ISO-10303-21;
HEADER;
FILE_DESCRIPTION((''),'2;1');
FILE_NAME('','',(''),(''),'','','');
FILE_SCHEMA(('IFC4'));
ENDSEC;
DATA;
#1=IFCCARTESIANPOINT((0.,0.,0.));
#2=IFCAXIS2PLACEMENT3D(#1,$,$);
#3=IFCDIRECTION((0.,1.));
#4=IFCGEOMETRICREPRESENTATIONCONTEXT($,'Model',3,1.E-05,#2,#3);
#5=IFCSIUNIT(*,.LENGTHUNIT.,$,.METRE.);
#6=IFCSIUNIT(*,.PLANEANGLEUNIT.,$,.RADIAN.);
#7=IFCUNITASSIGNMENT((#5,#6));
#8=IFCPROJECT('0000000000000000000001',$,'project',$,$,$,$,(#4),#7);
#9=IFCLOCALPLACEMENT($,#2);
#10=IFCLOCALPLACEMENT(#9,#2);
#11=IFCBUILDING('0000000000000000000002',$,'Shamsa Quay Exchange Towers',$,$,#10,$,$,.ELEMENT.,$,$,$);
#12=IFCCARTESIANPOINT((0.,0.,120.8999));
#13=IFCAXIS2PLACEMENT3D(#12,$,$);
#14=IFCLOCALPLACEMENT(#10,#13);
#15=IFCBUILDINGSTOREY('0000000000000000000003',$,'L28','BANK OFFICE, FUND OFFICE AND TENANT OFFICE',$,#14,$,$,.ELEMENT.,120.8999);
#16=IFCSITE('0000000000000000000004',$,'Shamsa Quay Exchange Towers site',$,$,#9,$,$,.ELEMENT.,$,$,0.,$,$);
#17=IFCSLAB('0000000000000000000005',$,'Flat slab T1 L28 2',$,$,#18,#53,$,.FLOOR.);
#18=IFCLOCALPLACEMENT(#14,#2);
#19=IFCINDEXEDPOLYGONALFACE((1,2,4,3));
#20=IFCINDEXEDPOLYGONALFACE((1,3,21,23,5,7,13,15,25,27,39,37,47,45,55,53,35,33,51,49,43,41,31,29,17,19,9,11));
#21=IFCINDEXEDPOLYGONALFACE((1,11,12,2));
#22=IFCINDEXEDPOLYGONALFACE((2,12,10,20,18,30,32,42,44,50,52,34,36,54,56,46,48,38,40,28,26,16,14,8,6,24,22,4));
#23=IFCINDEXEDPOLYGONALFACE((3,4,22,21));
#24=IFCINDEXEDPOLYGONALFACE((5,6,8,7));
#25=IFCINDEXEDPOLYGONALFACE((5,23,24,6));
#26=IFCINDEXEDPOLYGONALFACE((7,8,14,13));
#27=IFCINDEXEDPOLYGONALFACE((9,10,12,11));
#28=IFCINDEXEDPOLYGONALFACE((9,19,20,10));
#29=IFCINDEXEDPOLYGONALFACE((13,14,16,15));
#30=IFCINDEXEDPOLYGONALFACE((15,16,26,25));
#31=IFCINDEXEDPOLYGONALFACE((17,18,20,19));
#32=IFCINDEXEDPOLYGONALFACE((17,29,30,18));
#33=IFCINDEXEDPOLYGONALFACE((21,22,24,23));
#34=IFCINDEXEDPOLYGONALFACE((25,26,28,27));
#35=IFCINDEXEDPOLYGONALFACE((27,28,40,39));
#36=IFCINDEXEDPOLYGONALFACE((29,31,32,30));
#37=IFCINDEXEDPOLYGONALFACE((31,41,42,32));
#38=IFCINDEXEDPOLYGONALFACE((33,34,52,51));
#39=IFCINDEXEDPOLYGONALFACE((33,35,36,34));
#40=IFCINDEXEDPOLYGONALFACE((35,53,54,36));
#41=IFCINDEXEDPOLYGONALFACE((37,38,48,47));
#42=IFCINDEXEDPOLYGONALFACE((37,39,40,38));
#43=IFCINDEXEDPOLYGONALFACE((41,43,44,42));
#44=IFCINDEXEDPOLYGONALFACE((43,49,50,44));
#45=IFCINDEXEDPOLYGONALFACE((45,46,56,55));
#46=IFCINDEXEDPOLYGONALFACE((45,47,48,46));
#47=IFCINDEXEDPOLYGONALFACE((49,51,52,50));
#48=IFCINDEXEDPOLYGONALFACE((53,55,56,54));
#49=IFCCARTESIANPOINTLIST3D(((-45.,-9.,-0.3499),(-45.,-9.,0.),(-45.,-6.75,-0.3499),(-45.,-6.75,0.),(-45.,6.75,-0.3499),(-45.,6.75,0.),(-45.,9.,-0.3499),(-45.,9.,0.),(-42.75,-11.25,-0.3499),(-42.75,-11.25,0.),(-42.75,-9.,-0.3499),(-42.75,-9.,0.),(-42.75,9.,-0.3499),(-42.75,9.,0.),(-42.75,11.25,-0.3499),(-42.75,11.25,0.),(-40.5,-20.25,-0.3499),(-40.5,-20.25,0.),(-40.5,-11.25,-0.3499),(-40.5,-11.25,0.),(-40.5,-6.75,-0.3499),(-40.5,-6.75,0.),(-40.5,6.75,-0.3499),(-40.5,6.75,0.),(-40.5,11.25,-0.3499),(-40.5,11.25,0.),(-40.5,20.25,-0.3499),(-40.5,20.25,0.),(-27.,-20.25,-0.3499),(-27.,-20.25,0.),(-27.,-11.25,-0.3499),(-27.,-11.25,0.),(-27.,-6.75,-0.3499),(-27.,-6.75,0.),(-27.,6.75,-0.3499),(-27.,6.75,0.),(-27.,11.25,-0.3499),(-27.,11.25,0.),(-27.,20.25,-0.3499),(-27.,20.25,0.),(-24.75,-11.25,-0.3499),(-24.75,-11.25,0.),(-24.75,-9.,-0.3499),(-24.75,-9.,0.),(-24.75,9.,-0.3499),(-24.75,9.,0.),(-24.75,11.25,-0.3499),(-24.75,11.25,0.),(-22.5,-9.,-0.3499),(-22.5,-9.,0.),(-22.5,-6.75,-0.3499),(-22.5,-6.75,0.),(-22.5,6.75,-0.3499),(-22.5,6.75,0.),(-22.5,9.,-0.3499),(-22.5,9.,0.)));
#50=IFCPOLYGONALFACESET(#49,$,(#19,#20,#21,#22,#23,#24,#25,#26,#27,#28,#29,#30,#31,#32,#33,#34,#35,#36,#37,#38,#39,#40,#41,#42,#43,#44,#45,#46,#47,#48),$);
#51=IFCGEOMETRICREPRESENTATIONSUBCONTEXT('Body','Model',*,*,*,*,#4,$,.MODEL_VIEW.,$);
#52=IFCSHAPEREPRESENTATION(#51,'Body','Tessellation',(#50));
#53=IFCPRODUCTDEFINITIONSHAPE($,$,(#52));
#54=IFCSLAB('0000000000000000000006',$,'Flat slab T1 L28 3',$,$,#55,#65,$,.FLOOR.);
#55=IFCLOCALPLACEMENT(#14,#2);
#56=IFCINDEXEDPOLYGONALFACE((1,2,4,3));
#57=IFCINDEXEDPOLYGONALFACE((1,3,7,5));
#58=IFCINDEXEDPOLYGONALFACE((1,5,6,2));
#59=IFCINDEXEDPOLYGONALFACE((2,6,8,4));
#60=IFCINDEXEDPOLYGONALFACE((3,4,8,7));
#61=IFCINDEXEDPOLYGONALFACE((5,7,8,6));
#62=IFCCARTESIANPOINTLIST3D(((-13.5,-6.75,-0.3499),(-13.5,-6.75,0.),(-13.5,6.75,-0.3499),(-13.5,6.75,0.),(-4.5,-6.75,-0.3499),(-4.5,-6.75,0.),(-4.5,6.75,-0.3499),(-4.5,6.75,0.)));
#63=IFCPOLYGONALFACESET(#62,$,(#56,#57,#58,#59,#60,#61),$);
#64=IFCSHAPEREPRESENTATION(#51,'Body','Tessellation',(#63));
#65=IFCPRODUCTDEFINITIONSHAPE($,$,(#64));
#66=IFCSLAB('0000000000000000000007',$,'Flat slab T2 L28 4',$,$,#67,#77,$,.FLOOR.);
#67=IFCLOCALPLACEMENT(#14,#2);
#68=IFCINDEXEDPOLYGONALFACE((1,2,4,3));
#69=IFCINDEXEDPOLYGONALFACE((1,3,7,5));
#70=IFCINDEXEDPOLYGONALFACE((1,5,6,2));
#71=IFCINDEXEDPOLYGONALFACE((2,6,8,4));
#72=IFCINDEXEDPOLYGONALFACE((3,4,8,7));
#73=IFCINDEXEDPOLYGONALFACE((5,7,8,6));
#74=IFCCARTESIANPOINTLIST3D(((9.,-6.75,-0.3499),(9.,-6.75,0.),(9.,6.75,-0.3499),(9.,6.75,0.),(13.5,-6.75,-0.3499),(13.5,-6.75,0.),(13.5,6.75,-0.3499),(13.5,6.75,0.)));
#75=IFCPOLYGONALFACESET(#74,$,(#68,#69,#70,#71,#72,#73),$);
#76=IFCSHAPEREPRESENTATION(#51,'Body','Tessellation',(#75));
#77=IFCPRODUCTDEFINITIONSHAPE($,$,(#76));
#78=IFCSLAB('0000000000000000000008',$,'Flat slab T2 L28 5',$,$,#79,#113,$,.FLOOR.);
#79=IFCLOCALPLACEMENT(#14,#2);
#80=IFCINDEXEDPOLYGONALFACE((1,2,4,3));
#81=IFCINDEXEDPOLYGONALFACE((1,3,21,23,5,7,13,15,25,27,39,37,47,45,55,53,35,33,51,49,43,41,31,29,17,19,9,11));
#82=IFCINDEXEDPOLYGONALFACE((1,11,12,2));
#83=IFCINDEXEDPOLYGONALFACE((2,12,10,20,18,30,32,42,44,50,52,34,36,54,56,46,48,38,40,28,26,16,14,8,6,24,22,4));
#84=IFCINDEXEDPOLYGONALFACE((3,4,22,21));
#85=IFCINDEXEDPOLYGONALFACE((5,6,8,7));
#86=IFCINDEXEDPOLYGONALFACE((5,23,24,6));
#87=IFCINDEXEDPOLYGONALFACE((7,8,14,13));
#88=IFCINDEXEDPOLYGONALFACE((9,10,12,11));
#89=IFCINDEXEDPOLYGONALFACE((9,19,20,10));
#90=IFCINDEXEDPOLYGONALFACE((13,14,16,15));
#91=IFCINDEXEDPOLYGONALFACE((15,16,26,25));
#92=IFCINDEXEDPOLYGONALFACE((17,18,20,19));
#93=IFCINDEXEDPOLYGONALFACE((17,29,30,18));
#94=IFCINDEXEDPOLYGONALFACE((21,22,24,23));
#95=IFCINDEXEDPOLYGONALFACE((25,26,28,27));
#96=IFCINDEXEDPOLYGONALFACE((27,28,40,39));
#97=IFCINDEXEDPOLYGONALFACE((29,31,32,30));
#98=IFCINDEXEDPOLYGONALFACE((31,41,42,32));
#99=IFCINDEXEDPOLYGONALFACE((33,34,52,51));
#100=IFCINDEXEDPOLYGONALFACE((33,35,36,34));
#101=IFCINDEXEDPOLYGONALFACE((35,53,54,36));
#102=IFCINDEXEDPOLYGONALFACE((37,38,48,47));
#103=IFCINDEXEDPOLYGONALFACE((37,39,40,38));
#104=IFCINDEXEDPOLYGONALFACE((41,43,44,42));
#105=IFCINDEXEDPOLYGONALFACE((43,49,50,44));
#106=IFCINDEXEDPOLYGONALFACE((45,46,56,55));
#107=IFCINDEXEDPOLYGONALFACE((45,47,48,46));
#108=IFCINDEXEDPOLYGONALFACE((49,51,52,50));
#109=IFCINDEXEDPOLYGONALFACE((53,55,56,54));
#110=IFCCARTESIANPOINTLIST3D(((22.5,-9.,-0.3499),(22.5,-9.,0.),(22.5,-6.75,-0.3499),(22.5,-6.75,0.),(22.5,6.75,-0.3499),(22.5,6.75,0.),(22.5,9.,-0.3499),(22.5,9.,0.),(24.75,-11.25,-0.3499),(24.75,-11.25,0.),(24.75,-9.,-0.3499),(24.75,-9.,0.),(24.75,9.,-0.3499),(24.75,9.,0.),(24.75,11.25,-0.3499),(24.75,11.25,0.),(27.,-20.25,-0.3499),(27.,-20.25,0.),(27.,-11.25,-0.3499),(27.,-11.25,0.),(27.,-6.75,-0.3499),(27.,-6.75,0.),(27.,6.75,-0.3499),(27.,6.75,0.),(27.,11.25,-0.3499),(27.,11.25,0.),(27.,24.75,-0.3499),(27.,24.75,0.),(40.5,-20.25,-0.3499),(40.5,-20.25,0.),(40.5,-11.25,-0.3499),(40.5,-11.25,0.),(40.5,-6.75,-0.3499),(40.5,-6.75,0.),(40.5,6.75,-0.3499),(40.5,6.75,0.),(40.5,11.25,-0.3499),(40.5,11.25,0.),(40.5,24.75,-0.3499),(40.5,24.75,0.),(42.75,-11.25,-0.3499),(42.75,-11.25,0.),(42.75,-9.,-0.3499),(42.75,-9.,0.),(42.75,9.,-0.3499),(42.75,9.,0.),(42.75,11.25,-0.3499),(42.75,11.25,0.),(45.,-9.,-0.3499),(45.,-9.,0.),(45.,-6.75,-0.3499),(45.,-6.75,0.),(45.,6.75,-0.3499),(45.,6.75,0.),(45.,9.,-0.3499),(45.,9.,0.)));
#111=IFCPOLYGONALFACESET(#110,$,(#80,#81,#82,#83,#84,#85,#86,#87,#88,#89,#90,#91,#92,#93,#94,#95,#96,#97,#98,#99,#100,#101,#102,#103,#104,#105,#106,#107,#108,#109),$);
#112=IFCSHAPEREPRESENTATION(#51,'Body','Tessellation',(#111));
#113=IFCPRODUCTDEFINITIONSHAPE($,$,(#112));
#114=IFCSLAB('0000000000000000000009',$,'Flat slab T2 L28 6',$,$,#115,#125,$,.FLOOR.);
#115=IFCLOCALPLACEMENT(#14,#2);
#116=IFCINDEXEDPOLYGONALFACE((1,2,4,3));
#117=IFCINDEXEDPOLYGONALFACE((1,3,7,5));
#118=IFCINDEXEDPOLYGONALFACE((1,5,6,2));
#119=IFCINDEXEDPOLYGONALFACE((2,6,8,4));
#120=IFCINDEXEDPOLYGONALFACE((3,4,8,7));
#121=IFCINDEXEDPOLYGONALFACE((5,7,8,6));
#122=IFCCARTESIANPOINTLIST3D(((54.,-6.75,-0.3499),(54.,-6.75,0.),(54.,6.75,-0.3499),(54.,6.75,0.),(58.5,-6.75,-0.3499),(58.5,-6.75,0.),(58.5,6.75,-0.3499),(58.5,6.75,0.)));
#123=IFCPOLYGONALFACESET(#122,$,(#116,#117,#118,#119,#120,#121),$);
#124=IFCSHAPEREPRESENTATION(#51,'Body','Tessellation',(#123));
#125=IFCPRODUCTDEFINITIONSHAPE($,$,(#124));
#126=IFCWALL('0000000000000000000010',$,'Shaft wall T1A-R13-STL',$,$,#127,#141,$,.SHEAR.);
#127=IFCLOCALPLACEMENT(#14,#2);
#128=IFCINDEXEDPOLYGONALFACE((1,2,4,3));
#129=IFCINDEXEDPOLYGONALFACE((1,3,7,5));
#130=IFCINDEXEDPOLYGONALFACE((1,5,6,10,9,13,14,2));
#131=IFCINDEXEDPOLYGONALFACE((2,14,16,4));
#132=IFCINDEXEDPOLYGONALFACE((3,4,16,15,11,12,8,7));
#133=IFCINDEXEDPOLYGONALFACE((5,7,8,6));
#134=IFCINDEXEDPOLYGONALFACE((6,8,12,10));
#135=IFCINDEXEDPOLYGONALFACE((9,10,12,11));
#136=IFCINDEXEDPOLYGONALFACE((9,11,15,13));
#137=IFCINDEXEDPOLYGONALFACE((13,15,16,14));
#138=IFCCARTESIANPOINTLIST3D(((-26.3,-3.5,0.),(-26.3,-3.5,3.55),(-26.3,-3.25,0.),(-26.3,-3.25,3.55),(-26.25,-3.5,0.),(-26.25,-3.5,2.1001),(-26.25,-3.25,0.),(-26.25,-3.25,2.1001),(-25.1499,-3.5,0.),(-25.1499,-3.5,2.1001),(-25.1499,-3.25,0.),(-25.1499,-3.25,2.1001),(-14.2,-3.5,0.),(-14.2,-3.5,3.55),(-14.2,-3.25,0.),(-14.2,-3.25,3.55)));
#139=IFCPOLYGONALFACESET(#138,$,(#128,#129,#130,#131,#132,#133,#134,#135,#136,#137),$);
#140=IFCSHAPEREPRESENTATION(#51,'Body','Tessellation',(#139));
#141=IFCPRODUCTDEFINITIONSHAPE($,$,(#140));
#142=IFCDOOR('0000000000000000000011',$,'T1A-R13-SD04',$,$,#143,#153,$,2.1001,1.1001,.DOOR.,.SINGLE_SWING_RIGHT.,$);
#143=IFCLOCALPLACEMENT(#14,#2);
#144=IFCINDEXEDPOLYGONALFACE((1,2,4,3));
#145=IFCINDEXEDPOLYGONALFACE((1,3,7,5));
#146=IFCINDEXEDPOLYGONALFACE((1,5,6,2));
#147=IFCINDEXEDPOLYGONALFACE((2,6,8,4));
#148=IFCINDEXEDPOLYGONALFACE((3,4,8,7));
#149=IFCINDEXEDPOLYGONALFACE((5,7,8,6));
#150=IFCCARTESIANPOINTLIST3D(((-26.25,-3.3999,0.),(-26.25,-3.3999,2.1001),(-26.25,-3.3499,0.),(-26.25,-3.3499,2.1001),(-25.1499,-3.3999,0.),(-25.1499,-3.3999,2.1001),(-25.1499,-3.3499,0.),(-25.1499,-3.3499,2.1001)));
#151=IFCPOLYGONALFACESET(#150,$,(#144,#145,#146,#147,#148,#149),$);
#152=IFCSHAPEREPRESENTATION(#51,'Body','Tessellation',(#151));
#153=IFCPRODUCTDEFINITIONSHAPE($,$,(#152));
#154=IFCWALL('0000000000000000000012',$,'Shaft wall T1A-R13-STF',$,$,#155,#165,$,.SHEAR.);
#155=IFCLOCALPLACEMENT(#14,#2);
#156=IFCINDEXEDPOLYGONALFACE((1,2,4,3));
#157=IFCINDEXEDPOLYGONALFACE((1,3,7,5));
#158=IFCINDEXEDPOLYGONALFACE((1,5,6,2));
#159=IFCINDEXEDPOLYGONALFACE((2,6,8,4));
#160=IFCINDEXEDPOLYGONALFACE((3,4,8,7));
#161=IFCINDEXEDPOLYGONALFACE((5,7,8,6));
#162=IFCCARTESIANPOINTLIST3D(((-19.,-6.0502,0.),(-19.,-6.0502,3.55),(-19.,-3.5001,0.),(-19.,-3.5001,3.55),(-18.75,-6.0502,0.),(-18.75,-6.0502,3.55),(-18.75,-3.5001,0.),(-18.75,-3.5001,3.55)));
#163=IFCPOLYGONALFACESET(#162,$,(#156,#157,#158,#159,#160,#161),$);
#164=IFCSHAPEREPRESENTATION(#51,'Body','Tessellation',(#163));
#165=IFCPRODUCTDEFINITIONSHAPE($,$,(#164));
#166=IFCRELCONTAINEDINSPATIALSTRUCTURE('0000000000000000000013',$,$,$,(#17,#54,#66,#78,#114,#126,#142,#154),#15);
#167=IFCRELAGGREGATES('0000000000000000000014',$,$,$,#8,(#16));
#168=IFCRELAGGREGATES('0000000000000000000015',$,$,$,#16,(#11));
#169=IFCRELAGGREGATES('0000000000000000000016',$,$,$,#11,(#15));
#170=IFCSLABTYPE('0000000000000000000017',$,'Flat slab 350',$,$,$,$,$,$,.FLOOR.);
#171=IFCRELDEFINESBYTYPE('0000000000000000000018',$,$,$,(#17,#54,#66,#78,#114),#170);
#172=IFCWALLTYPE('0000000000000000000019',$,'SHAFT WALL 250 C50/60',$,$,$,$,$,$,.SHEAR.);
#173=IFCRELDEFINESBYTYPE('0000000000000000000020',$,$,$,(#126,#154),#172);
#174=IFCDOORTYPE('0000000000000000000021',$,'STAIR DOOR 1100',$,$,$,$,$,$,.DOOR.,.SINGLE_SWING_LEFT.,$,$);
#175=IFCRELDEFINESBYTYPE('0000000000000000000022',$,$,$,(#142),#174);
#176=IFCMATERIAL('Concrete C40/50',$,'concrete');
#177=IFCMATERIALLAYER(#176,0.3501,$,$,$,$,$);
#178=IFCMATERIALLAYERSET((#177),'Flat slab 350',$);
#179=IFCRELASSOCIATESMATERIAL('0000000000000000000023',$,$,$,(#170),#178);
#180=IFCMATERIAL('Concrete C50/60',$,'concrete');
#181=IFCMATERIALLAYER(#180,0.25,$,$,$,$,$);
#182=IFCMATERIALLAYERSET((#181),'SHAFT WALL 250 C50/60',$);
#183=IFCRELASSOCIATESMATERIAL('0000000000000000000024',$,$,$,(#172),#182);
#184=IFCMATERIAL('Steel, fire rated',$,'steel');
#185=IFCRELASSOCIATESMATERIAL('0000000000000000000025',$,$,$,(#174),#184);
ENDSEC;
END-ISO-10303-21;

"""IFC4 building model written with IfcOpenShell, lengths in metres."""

from ifc_helpers import new_model, si_unit, direction, frame, frame_2d, origin, place, context, subcontext, project, spatial, polyline, rectangle, outline, extrude, material, layer, layer_set, type_object, element, fill, save


model = new_model("IFC4")

# Units and contexts
model_context = context("Model", 3, precision=1e-05, world=origin(), true_north=direction((0.0, 1.0)))
body_context = subcontext(model_context, "Body", "Model", "MODEL_VIEW")
ifc_project = project(units=[si_unit("LENGTHUNIT", "METRE"), si_unit("PLANEANGLEUNIT", "RADIAN")], contexts=[model_context])

# Site, building, storey
site_placement = place(None, origin())
site = spatial("IfcSite", under=ifc_project, at=site_placement, Name="Shamsa Quay Exchange Towers site", CompositionType="ELEMENT", RefElevation=0.0)
building_placement = place(site_placement, origin())
building = spatial("IfcBuilding", under=site, at=building_placement, Name="Shamsa Quay Exchange Towers", CompositionType="ELEMENT")
storey_placement = place(building_placement, frame((0.0, 0.0, 120.8999)))
storey = spatial("IfcBuildingStorey", under=building, at=storey_placement, Name="L28", Description="BANK OFFICE, FUND OFFICE AND TENANT OFFICE", CompositionType="ELEMENT", Elevation=120.8999)

# Slabs
ifc_material_1 = material(Name="Concrete C40/50", Category="concrete")
ifc_layer_1 = layer(ifc_material_1, 0.3501)
ifc_layer_set_1 = layer_set([ifc_layer_1], Name="Flat slab 350")
slab_type = type_object("IfcSlabType", Name="Flat slab 350", PredefinedType="FLOOR", material=ifc_layer_set_1)
slab_1_placement = place(storey_placement, frame((0.0, 0.0, -0.3499)))
element("IfcSlab", 1, at=slab_1_placement, inside=storey, type_object=slab_type, Name="Flat slab T1 L28 2", PredefinedType="FLOOR", context=body_context, shape_type="SweptSolid", body=[
    extrude(outline(polyline([(-22.5, -9.0), (-22.5, -6.75), (-27.0, -6.75), (-27.0, 6.75), (-22.5, 6.75), (-22.5, 9.0), (-24.75, 9.0), (-24.75, 11.25), (-27.0, 11.25), (-27.0, 20.25), (-40.5, 20.25), (-40.5, 11.25), (-42.75, 11.25), (-42.75, 9.0), (-45.0, 9.0), (-45.0, 6.75), (-40.5, 6.75), (-40.5, -6.75), (-45.0, -6.75), (-45.0, -9.0), (-42.75, -9.0), (-42.75, -11.25), (-40.5, -11.25), (-40.5, -20.25), (-27.0, -20.25), (-27.0, -11.25), (-24.75, -11.25), (-24.75, -9.0), (-22.5, -9.0)])), origin(), (0.0, 0.0, 1.0), 0.3499),
])
slab_2_placement = place(storey_placement, frame((0.0, 0.0, -0.3499)))
element("IfcSlab", 2, at=slab_2_placement, inside=storey, type_object=slab_type, Name="Flat slab T1 L28 3", PredefinedType="FLOOR", context=body_context, shape_type="SweptSolid", body=[
    extrude(outline(polyline([(-4.5, 6.75), (-13.5, 6.75), (-13.5, -6.75), (-4.5, -6.75), (-4.5, 6.75)])), origin(), (0.0, 0.0, 1.0), 0.3499),
])
slab_3_placement = place(storey_placement, frame((0.0, 0.0, -0.3499)))
element("IfcSlab", 3, at=slab_3_placement, inside=storey, type_object=slab_type, Name="Flat slab T2 L28 4", PredefinedType="FLOOR", context=body_context, shape_type="SweptSolid", body=[
    extrude(outline(polyline([(9.0, -6.75), (13.5, -6.75), (13.5, 6.75), (9.0, 6.75), (9.0, -6.75)])), origin(), (0.0, 0.0, 1.0), 0.3499),
])
slab_4_placement = place(storey_placement, frame((0.0, 0.0, -0.3499)))
element("IfcSlab", 4, at=slab_4_placement, inside=storey, type_object=slab_type, Name="Flat slab T2 L28 5", PredefinedType="FLOOR", context=body_context, shape_type="SweptSolid", body=[
    extrude(outline(polyline([(45.0, -9.0), (45.0, -6.75), (40.5, -6.75), (40.5, 6.75), (45.0, 6.75), (45.0, 9.0), (42.75, 9.0), (42.75, 11.25), (40.5, 11.25), (40.5, 24.75), (27.0, 24.75), (27.0, 11.25), (24.75, 11.25), (24.75, 9.0), (22.5, 9.0), (22.5, 6.75), (27.0, 6.75), (27.0, -6.75), (22.5, -6.75), (22.5, -9.0), (24.75, -9.0), (24.75, -11.25), (27.0, -11.25), (27.0, -20.25), (40.5, -20.25), (40.5, -11.25), (42.75, -11.25), (42.75, -9.0), (45.0, -9.0)])), origin(), (0.0, 0.0, 1.0), 0.3499),
])
slab_5_placement = place(storey_placement, frame((0.0, 0.0, -0.3499)))
element("IfcSlab", 5, at=slab_5_placement, inside=storey, type_object=slab_type, Name="Flat slab T2 L28 6", PredefinedType="FLOOR", context=body_context, shape_type="SweptSolid", body=[
    extrude(outline(polyline([(58.5, 6.75), (54.0, 6.75), (54.0, -6.75), (58.5, -6.75), (58.5, 6.75)])), origin(), (0.0, 0.0, 1.0), 0.3499),
])

# Wall, opening, door
ifc_material_2 = material(Name="Concrete C50/60", Category="concrete")
ifc_layer_2 = layer(ifc_material_2, 0.25)
ifc_layer_set_2 = layer_set([ifc_layer_2], Name="SHAFT WALL 250 C50/60")
wall_type = type_object("IfcWallType", Name="SHAFT WALL 250 C50/60", PredefinedType="SHEAR", material=ifc_layer_set_2)
wall_1_placement = place(storey_placement, frame((-14.2, -3.375, 0.0), z_axis=(0.0, 0.0, 1.0), x_axis=(-1.0, 0.0, 0.0)))
wall_1 = element("IfcWall", 6, at=wall_1_placement, inside=storey, type_object=wall_type, Name="Shaft wall T1A-R13-STL", PredefinedType="SHEAR", context=body_context, shape_type="SweptSolid", body=[
    extrude(rectangle(XDim=12.1001, YDim=0.25, at=frame_2d((6.05, 0.0))), origin(), (0.0, 0.0, 1.0), 3.55),
])
opening_1_placement = place(wall_1_placement, frame((10.95, 0.0, 0.0)))
opening_1 = element("IfcOpeningElement", 7, at=opening_1_placement, cuts=wall_1, PredefinedType="OPENING", context=body_context, shape_type="SweptSolid", body=[
    extrude(rectangle(XDim=1.1001, YDim=2.1001, at=frame_2d((0.55, 1.05))), frame((0.0, 0.135, 0.0), z_axis=(0.0, -1.0, 0.0), x_axis=(1.0, 0.0, 0.0)), (0.0, 0.0, 1.0), 0.27),
])
ifc_material_3 = material(Name="Steel, fire rated", Category="steel")
door_type_1 = type_object("IfcDoorType", Name="STAIR DOOR 1100", OperationType="SINGLE_SWING_LEFT", PredefinedType="DOOR", material=ifc_material_3)
door_1_placement = place(opening_1_placement, origin())
door_1 = element("IfcDoor", 8, at=door_1_placement, inside=storey, type_object=door_type_1, Name="T1A-R13-SD04", OperationType="SINGLE_SWING_RIGHT", OverallHeight=2.1001, OverallWidth=1.1001, PredefinedType="DOOR", context=body_context, shape_type="SweptSolid", body=[
    extrude(rectangle(XDim=1.1001, YDim=2.1001, at=frame_2d((0.55, 1.05))), frame((0.0, 0.0249, 0.0), z_axis=(0.0, -1.0, 0.0), x_axis=(1.0, 0.0, 0.0)), (0.0, 0.0, 1.0), 0.05),
])
fill(opening_1, door_1)

# Wall
wall_2_placement = place(storey_placement, frame((-18.875, -6.05, 0.0), z_axis=(0.0, 0.0, 1.0), x_axis=(0.0, 1.0, 0.0)))
element("IfcWall", 9, at=wall_2_placement, inside=storey, type_object=wall_type, Name="Shaft wall T1A-R13-STF", PredefinedType="SHEAR", context=body_context, shape_type="SweptSolid", body=[
    extrude(rectangle(XDim=2.55, YDim=0.25, at=frame_2d((1.2749, 0.0))), origin(), (0.0, 0.0, 1.0), 3.55),
])

save(model, "model.ifc")
